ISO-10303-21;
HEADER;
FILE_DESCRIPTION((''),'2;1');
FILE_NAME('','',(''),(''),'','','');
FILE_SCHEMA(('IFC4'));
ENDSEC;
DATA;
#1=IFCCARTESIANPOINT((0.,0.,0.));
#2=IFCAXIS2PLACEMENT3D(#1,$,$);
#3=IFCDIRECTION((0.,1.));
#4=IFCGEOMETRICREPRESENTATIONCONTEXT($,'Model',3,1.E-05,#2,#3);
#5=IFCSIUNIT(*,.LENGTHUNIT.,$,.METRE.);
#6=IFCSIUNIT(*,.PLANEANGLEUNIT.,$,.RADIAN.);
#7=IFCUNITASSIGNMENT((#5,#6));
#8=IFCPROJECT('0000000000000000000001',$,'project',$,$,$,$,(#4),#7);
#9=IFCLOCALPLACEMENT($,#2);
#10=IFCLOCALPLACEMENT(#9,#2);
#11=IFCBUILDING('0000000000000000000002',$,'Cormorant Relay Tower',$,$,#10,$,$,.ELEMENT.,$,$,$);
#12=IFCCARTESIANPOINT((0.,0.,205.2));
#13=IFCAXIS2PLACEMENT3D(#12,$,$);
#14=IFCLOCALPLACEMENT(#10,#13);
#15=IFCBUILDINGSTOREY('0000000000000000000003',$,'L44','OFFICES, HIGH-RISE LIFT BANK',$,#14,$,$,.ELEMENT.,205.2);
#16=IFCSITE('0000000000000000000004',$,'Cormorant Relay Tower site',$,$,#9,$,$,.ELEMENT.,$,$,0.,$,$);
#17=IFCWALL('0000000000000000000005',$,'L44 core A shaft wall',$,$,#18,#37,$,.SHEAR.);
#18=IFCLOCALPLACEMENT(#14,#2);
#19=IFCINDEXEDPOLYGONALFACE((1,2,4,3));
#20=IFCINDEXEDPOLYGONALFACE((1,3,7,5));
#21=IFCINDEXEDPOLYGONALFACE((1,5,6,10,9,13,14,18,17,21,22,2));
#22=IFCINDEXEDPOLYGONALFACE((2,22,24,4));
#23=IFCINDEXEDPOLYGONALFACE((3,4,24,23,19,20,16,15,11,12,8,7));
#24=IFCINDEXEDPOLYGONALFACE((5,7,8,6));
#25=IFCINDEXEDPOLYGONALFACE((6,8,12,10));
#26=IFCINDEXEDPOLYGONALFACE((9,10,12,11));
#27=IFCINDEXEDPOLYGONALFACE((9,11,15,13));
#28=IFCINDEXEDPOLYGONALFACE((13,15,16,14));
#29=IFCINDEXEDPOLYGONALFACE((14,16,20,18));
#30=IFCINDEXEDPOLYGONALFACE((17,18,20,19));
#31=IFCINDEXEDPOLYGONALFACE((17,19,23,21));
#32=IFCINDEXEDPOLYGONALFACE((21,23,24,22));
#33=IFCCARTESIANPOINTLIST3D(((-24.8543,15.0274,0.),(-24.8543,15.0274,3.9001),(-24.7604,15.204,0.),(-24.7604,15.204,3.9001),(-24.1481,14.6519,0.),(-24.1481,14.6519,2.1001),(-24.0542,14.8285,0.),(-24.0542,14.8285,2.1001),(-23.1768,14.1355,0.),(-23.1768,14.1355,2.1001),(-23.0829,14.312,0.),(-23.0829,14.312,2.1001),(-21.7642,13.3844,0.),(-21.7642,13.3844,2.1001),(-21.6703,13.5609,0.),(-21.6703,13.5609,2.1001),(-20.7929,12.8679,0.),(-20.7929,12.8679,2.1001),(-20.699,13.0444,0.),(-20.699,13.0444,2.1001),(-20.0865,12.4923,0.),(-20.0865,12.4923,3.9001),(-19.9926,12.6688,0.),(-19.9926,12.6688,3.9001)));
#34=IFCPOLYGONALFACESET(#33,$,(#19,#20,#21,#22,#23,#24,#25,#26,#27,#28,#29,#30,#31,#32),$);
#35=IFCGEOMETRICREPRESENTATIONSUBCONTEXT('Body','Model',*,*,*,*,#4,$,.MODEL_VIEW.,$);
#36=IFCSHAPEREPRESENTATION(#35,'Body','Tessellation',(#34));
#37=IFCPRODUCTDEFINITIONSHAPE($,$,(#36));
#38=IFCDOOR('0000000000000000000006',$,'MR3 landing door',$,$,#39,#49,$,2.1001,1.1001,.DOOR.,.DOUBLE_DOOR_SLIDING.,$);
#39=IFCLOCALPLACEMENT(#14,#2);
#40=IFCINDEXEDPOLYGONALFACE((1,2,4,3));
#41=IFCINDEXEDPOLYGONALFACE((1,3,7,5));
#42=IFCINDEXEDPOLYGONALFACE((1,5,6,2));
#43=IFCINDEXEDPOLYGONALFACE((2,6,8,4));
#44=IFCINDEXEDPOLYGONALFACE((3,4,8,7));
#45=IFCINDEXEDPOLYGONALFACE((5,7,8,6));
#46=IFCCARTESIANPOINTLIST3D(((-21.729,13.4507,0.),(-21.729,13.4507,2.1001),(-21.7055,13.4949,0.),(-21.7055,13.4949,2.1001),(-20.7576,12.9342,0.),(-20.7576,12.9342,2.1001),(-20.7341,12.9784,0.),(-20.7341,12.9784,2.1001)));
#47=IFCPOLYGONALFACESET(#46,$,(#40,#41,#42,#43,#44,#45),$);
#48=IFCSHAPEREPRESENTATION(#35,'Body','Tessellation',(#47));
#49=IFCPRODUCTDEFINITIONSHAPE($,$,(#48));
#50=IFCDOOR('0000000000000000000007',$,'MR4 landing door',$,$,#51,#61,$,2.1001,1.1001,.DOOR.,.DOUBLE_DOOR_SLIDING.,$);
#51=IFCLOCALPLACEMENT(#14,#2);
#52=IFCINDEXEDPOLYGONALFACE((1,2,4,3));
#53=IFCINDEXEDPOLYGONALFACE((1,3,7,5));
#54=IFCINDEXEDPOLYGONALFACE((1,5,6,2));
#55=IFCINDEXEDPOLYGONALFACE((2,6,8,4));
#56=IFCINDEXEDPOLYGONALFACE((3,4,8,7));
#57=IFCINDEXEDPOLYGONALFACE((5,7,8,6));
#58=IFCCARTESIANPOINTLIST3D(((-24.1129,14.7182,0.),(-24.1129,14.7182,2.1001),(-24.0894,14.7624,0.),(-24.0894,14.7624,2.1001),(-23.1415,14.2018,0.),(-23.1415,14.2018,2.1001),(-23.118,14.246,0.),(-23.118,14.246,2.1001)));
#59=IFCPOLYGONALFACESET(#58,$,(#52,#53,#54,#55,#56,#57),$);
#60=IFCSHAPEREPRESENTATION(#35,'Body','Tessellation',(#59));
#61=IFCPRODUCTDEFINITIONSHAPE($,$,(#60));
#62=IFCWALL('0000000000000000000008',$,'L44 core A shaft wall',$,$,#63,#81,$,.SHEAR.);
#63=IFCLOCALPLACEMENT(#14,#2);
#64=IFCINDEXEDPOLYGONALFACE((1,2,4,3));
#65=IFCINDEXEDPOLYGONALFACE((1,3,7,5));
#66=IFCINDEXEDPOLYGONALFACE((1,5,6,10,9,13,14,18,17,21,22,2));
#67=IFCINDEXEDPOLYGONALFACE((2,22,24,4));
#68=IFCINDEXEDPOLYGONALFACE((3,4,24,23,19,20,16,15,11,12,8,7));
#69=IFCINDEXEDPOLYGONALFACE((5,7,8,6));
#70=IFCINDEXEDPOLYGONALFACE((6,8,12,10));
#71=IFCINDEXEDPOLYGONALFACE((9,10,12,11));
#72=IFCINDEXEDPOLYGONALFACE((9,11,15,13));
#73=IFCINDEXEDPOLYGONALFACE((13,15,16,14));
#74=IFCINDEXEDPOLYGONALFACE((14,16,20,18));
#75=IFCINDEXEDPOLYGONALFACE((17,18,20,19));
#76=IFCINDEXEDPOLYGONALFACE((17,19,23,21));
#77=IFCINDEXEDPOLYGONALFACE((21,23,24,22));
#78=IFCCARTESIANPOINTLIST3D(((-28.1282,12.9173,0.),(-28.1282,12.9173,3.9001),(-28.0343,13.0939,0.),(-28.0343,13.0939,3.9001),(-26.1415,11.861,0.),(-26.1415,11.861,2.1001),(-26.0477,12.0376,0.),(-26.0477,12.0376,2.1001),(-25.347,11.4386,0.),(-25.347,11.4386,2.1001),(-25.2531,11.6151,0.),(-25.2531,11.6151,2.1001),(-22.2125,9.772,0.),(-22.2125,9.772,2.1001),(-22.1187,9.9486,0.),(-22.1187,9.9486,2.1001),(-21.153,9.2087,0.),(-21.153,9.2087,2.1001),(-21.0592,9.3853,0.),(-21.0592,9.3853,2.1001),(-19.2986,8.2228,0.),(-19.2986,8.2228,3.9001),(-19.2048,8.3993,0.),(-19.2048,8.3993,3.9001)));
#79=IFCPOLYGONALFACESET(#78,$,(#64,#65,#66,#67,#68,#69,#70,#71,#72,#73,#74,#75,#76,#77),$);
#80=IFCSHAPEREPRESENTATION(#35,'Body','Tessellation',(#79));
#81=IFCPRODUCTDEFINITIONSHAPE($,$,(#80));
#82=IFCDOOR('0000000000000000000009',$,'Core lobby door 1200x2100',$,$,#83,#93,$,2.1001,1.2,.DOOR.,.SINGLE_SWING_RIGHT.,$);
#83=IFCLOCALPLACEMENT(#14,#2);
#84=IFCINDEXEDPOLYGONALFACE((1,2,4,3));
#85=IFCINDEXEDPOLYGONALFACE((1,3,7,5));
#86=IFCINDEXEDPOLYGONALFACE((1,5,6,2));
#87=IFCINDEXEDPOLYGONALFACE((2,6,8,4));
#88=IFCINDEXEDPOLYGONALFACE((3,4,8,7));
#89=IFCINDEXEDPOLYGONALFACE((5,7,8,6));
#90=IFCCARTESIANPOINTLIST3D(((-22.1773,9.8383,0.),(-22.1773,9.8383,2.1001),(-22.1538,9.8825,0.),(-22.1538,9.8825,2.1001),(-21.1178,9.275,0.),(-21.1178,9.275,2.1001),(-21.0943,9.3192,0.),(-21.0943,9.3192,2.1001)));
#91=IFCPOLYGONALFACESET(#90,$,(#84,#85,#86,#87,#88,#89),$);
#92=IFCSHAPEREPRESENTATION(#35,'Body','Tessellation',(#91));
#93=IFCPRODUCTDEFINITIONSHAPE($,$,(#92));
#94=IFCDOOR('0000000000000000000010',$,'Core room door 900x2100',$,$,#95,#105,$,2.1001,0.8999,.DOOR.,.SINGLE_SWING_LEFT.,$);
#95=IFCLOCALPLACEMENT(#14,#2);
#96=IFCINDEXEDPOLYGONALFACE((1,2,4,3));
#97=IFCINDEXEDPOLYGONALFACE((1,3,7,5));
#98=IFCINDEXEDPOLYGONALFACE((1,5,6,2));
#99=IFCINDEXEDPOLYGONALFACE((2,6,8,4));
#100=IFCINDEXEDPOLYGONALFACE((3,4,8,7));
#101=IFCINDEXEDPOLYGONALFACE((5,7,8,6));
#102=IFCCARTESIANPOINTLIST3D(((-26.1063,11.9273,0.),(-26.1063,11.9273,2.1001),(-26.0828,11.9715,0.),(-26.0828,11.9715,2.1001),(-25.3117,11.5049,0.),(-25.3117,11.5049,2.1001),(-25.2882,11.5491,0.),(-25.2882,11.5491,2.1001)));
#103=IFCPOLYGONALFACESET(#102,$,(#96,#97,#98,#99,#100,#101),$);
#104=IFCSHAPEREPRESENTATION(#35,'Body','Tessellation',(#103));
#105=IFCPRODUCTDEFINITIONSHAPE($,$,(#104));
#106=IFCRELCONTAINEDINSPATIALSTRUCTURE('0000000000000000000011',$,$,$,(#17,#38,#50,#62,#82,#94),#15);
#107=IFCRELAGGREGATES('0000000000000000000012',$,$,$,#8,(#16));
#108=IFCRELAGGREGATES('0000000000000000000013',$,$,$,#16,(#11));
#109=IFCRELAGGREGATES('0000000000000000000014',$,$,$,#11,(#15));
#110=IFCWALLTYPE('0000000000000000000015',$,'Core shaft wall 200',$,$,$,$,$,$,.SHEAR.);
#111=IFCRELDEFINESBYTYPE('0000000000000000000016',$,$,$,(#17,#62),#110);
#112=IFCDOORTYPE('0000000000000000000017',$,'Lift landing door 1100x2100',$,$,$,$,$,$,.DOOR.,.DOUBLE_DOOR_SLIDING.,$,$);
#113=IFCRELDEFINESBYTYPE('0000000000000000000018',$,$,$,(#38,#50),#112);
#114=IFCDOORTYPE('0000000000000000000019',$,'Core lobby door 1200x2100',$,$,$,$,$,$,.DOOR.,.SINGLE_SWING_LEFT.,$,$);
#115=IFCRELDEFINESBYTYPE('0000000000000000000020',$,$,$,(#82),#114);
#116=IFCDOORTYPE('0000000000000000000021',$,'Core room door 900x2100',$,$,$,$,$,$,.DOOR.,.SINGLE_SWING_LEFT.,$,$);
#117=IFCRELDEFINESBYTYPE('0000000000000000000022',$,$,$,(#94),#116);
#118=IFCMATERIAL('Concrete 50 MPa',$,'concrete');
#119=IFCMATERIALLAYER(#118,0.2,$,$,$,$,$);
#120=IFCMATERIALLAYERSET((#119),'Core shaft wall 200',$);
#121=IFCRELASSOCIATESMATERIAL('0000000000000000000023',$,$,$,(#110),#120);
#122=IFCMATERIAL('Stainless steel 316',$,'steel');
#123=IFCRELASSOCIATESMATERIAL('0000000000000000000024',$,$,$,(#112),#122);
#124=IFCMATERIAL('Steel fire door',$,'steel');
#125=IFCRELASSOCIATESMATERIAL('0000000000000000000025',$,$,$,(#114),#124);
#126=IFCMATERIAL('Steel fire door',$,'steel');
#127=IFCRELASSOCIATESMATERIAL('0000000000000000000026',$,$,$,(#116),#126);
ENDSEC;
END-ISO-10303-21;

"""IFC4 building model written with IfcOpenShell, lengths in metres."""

from ifc_helpers import new_model, si_unit, direction, frame, frame_2d, origin, place, context, subcontext, project, spatial, rectangle, extrude, material, layer, layer_set, type_object, element, fill, save


model = new_model("IFC4")

# Units and contexts
model_context = context("Model", 3, precision=1e-05, world=origin(), true_north=direction((0.0, 1.0)))
body_context = subcontext(model_context, "Body", "Model", "MODEL_VIEW")
ifc_project = project(units=[si_unit("LENGTHUNIT", "METRE"), si_unit("PLANEANGLEUNIT", "RADIAN")], contexts=[model_context])

# Site, building, storey
site_placement = place(None, origin())
site = spatial("IfcSite", under=ifc_project, at=site_placement, Name="Cormorant Relay Tower site", CompositionType="ELEMENT", RefElevation=0.0)
building_placement = place(site_placement, origin())
building = spatial("IfcBuilding", under=site, at=building_placement, Name="Cormorant Relay Tower", CompositionType="ELEMENT")
storey_placement = place(building_placement, frame((0.0, 0.0, 205.2)))
storey = spatial("IfcBuildingStorey", under=building, at=storey_placement, Name="L44", Description="OFFICES, HIGH-RISE LIFT BANK", CompositionType="ELEMENT", Elevation=205.2)

# Shared definitions
ifc_material_1 = material(Name="Concrete 50 MPa", Category="concrete")
ifc_layer_1 = layer(ifc_material_1, 0.2)
ifc_layer_set_1 = layer_set([ifc_layer_1], Name="Core shaft wall 200")
wall_type_1 = type_object("IfcWallType", Name="Core shaft wall 200", PredefinedType="SHEAR", material=ifc_layer_set_1)

# Walls, openings, doors
wall_1_placement = place(storey_placement, frame((-20.0396, 12.5806, 0.0), z_axis=(0.0, 0.0, 1.0), x_axis=(-0.882943, 0.46948, 0.0)))
wall_1 = element("IfcWall", 1, at=wall_1_placement, inside=storey, type_object=wall_type_1, Name="L44 core A shaft wall", PredefinedType="SHEAR", context=body_context, shape_type="SweptSolid", body=[
    extrude(rectangle(XDim=5.3999, YDim=0.2, at=frame_2d((2.7, 0.0))), origin(), (0.0, 0.0, 1.0), 3.9001),
])
opening_1_placement = place(wall_1_placement, frame((0.8, 0.0, 0.0)))
opening_1 = element("IfcOpeningElement", 2, at=opening_1_placement, cuts=wall_1, PredefinedType="OPENING", context=body_context, shape_type="SweptSolid", body=[
    extrude(rectangle(XDim=1.1001, YDim=2.1001, at=frame_2d((0.55, 1.05))), frame((0.0, 0.1099, 0.0), z_axis=(0.0, -1.0, 0.0), x_axis=(1.0, 0.0, 0.0)), (0.0, 0.0, 1.0), 0.22),
])
opening_2_placement = place(wall_1_placement, frame((3.5, 0.0, 0.0)))
opening_2 = element("IfcOpeningElement", 3, at=opening_2_placement, cuts=wall_1, PredefinedType="OPENING", context=body_context, shape_type="SweptSolid", body=[
    extrude(rectangle(XDim=1.1001, YDim=2.1001, at=frame_2d((0.55, 1.05))), frame((0.0, 0.1099, 0.0), z_axis=(0.0, -1.0, 0.0), x_axis=(1.0, 0.0, 0.0)), (0.0, 0.0, 1.0), 0.22),
])
ifc_material_2 = material(Name="Stainless steel 316", Category="steel")
door_type_1 = type_object("IfcDoorType", Name="Lift landing door 1100x2100", OperationType="DOUBLE_DOOR_SLIDING", PredefinedType="DOOR", material=ifc_material_2)
door_1_placement = place(opening_1_placement, origin())
door_1 = element("IfcDoor", 4, at=door_1_placement, inside=storey, type_object=door_type_1, Name="MR3 landing door", OperationType="DOUBLE_DOOR_SLIDING", OverallHeight=2.1001, OverallWidth=1.1001, PredefinedType="DOOR", context=body_context, shape_type="SweptSolid", body=[
    extrude(rectangle(XDim=1.1001, YDim=2.1001, at=frame_2d((0.55, 1.05))), frame((0.0, 0.0249, 0.0), z_axis=(0.0, -1.0, 0.0), x_axis=(1.0, 0.0, 0.0)), (0.0, 0.0, 1.0), 0.05),
])
fill(opening_1, door_1)
door_2_placement = place(opening_2_placement, origin())
door_2 = element("IfcDoor", 5, at=door_2_placement, inside=storey, type_object=door_type_1, Name="MR4 landing door", OperationType="DOUBLE_DOOR_SLIDING", OverallHeight=2.1001, OverallWidth=1.1001, PredefinedType="DOOR", context=body_context, shape_type="SweptSolid", body=[
    extrude(rectangle(XDim=1.1001, YDim=2.1001, at=frame_2d((0.55, 1.05))), frame((0.0, 0.0249, 0.0), z_axis=(0.0, -1.0, 0.0), x_axis=(1.0, 0.0, 0.0)), (0.0, 0.0, 1.0), 0.05),
])
fill(opening_2, door_2)
wall_2_placement = place(storey_placement, frame((-19.2517, 8.311, 0.0), z_axis=(0.0, 0.0, 1.0), x_axis=(-0.882956, 0.469456, 0.0)))
wall_2 = element("IfcWall", 6, at=wall_2_placement, inside=storey, type_object=wall_type_1, Name="L44 core A shaft wall", PredefinedType="SHEAR", context=body_context, shape_type="SweptSolid", body=[
    extrude(rectangle(XDim=10.0, YDim=0.2, at=frame_2d((5.0, 0.0))), origin(), (0.0, 0.0, 1.0), 3.9001),
])
opening_3_placement = place(wall_2_placement, frame((2.1001, 0.0, 0.0)))
opening_3 = element("IfcOpeningElement", 7, at=opening_3_placement, cuts=wall_2, PredefinedType="OPENING", context=body_context, shape_type="SweptSolid", body=[
    extrude(rectangle(XDim=1.2, YDim=2.1001, at=frame_2d((0.6001, 1.05))), frame((0.0, 0.1099, 0.0), z_axis=(0.0, -1.0, 0.0), x_axis=(1.0, 0.0, 0.0)), (0.0, 0.0, 1.0), 0.22),
])
opening_4_placement = place(wall_2_placement, frame((6.8501, 0.0, 0.0)))
opening_4 = element("IfcOpeningElement", 8, at=opening_4_placement, cuts=wall_2, PredefinedType="OPENING", context=body_context, shape_type="SweptSolid", body=[
    extrude(rectangle(XDim=0.8999, YDim=2.1001, at=frame_2d((0.45, 1.05))), frame((0.0, 0.1099, 0.0), z_axis=(0.0, -1.0, 0.0), x_axis=(1.0, 0.0, 0.0)), (0.0, 0.0, 1.0), 0.22),
])
ifc_material_3 = material(Name="Steel fire door", Category="steel")
door_type_2 = type_object("IfcDoorType", Name="Core lobby door 1200x2100", OperationType="SINGLE_SWING_LEFT", PredefinedType="DOOR", material=ifc_material_3)
door_3_placement = place(opening_3_placement, origin())
door_3 = element("IfcDoor", 9, at=door_3_placement, inside=storey, type_object=door_type_2, Name="Core lobby door 1200x2100", OperationType="SINGLE_SWING_RIGHT", OverallHeight=2.1001, OverallWidth=1.2, PredefinedType="DOOR", context=body_context, shape_type="SweptSolid", body=[
    extrude(rectangle(XDim=1.2, YDim=2.1001, at=frame_2d((0.6001, 1.05))), frame((0.0, 0.0249, 0.0), z_axis=(0.0, -1.0, 0.0), x_axis=(1.0, 0.0, 0.0)), (0.0, 0.0, 1.0), 0.05),
])
fill(opening_3, door_3)
ifc_material_4 = material(Name="Steel fire door", Category="steel")
door_type_3 = type_object("IfcDoorType", Name="Core room door 900x2100", OperationType="SINGLE_SWING_LEFT", PredefinedType="DOOR", material=ifc_material_4)
door_4_placement = place(opening_4_placement, origin())
door_4 = element("IfcDoor", 10, at=door_4_placement, inside=storey, type_object=door_type_3, Name="Core room door 900x2100", OperationType="SINGLE_SWING_LEFT", OverallHeight=2.1001, OverallWidth=0.8999, PredefinedType="DOOR", context=body_context, shape_type="SweptSolid", body=[
    extrude(rectangle(XDim=0.8999, YDim=2.1001, at=frame_2d((0.45, 1.05))), frame((0.0, 0.0249, 0.0), z_axis=(0.0, -1.0, 0.0), x_axis=(1.0, 0.0, 0.0)), (0.0, 0.0, 1.0), 0.05),
])
fill(opening_4, door_4)

save(model, "model.ifc")
